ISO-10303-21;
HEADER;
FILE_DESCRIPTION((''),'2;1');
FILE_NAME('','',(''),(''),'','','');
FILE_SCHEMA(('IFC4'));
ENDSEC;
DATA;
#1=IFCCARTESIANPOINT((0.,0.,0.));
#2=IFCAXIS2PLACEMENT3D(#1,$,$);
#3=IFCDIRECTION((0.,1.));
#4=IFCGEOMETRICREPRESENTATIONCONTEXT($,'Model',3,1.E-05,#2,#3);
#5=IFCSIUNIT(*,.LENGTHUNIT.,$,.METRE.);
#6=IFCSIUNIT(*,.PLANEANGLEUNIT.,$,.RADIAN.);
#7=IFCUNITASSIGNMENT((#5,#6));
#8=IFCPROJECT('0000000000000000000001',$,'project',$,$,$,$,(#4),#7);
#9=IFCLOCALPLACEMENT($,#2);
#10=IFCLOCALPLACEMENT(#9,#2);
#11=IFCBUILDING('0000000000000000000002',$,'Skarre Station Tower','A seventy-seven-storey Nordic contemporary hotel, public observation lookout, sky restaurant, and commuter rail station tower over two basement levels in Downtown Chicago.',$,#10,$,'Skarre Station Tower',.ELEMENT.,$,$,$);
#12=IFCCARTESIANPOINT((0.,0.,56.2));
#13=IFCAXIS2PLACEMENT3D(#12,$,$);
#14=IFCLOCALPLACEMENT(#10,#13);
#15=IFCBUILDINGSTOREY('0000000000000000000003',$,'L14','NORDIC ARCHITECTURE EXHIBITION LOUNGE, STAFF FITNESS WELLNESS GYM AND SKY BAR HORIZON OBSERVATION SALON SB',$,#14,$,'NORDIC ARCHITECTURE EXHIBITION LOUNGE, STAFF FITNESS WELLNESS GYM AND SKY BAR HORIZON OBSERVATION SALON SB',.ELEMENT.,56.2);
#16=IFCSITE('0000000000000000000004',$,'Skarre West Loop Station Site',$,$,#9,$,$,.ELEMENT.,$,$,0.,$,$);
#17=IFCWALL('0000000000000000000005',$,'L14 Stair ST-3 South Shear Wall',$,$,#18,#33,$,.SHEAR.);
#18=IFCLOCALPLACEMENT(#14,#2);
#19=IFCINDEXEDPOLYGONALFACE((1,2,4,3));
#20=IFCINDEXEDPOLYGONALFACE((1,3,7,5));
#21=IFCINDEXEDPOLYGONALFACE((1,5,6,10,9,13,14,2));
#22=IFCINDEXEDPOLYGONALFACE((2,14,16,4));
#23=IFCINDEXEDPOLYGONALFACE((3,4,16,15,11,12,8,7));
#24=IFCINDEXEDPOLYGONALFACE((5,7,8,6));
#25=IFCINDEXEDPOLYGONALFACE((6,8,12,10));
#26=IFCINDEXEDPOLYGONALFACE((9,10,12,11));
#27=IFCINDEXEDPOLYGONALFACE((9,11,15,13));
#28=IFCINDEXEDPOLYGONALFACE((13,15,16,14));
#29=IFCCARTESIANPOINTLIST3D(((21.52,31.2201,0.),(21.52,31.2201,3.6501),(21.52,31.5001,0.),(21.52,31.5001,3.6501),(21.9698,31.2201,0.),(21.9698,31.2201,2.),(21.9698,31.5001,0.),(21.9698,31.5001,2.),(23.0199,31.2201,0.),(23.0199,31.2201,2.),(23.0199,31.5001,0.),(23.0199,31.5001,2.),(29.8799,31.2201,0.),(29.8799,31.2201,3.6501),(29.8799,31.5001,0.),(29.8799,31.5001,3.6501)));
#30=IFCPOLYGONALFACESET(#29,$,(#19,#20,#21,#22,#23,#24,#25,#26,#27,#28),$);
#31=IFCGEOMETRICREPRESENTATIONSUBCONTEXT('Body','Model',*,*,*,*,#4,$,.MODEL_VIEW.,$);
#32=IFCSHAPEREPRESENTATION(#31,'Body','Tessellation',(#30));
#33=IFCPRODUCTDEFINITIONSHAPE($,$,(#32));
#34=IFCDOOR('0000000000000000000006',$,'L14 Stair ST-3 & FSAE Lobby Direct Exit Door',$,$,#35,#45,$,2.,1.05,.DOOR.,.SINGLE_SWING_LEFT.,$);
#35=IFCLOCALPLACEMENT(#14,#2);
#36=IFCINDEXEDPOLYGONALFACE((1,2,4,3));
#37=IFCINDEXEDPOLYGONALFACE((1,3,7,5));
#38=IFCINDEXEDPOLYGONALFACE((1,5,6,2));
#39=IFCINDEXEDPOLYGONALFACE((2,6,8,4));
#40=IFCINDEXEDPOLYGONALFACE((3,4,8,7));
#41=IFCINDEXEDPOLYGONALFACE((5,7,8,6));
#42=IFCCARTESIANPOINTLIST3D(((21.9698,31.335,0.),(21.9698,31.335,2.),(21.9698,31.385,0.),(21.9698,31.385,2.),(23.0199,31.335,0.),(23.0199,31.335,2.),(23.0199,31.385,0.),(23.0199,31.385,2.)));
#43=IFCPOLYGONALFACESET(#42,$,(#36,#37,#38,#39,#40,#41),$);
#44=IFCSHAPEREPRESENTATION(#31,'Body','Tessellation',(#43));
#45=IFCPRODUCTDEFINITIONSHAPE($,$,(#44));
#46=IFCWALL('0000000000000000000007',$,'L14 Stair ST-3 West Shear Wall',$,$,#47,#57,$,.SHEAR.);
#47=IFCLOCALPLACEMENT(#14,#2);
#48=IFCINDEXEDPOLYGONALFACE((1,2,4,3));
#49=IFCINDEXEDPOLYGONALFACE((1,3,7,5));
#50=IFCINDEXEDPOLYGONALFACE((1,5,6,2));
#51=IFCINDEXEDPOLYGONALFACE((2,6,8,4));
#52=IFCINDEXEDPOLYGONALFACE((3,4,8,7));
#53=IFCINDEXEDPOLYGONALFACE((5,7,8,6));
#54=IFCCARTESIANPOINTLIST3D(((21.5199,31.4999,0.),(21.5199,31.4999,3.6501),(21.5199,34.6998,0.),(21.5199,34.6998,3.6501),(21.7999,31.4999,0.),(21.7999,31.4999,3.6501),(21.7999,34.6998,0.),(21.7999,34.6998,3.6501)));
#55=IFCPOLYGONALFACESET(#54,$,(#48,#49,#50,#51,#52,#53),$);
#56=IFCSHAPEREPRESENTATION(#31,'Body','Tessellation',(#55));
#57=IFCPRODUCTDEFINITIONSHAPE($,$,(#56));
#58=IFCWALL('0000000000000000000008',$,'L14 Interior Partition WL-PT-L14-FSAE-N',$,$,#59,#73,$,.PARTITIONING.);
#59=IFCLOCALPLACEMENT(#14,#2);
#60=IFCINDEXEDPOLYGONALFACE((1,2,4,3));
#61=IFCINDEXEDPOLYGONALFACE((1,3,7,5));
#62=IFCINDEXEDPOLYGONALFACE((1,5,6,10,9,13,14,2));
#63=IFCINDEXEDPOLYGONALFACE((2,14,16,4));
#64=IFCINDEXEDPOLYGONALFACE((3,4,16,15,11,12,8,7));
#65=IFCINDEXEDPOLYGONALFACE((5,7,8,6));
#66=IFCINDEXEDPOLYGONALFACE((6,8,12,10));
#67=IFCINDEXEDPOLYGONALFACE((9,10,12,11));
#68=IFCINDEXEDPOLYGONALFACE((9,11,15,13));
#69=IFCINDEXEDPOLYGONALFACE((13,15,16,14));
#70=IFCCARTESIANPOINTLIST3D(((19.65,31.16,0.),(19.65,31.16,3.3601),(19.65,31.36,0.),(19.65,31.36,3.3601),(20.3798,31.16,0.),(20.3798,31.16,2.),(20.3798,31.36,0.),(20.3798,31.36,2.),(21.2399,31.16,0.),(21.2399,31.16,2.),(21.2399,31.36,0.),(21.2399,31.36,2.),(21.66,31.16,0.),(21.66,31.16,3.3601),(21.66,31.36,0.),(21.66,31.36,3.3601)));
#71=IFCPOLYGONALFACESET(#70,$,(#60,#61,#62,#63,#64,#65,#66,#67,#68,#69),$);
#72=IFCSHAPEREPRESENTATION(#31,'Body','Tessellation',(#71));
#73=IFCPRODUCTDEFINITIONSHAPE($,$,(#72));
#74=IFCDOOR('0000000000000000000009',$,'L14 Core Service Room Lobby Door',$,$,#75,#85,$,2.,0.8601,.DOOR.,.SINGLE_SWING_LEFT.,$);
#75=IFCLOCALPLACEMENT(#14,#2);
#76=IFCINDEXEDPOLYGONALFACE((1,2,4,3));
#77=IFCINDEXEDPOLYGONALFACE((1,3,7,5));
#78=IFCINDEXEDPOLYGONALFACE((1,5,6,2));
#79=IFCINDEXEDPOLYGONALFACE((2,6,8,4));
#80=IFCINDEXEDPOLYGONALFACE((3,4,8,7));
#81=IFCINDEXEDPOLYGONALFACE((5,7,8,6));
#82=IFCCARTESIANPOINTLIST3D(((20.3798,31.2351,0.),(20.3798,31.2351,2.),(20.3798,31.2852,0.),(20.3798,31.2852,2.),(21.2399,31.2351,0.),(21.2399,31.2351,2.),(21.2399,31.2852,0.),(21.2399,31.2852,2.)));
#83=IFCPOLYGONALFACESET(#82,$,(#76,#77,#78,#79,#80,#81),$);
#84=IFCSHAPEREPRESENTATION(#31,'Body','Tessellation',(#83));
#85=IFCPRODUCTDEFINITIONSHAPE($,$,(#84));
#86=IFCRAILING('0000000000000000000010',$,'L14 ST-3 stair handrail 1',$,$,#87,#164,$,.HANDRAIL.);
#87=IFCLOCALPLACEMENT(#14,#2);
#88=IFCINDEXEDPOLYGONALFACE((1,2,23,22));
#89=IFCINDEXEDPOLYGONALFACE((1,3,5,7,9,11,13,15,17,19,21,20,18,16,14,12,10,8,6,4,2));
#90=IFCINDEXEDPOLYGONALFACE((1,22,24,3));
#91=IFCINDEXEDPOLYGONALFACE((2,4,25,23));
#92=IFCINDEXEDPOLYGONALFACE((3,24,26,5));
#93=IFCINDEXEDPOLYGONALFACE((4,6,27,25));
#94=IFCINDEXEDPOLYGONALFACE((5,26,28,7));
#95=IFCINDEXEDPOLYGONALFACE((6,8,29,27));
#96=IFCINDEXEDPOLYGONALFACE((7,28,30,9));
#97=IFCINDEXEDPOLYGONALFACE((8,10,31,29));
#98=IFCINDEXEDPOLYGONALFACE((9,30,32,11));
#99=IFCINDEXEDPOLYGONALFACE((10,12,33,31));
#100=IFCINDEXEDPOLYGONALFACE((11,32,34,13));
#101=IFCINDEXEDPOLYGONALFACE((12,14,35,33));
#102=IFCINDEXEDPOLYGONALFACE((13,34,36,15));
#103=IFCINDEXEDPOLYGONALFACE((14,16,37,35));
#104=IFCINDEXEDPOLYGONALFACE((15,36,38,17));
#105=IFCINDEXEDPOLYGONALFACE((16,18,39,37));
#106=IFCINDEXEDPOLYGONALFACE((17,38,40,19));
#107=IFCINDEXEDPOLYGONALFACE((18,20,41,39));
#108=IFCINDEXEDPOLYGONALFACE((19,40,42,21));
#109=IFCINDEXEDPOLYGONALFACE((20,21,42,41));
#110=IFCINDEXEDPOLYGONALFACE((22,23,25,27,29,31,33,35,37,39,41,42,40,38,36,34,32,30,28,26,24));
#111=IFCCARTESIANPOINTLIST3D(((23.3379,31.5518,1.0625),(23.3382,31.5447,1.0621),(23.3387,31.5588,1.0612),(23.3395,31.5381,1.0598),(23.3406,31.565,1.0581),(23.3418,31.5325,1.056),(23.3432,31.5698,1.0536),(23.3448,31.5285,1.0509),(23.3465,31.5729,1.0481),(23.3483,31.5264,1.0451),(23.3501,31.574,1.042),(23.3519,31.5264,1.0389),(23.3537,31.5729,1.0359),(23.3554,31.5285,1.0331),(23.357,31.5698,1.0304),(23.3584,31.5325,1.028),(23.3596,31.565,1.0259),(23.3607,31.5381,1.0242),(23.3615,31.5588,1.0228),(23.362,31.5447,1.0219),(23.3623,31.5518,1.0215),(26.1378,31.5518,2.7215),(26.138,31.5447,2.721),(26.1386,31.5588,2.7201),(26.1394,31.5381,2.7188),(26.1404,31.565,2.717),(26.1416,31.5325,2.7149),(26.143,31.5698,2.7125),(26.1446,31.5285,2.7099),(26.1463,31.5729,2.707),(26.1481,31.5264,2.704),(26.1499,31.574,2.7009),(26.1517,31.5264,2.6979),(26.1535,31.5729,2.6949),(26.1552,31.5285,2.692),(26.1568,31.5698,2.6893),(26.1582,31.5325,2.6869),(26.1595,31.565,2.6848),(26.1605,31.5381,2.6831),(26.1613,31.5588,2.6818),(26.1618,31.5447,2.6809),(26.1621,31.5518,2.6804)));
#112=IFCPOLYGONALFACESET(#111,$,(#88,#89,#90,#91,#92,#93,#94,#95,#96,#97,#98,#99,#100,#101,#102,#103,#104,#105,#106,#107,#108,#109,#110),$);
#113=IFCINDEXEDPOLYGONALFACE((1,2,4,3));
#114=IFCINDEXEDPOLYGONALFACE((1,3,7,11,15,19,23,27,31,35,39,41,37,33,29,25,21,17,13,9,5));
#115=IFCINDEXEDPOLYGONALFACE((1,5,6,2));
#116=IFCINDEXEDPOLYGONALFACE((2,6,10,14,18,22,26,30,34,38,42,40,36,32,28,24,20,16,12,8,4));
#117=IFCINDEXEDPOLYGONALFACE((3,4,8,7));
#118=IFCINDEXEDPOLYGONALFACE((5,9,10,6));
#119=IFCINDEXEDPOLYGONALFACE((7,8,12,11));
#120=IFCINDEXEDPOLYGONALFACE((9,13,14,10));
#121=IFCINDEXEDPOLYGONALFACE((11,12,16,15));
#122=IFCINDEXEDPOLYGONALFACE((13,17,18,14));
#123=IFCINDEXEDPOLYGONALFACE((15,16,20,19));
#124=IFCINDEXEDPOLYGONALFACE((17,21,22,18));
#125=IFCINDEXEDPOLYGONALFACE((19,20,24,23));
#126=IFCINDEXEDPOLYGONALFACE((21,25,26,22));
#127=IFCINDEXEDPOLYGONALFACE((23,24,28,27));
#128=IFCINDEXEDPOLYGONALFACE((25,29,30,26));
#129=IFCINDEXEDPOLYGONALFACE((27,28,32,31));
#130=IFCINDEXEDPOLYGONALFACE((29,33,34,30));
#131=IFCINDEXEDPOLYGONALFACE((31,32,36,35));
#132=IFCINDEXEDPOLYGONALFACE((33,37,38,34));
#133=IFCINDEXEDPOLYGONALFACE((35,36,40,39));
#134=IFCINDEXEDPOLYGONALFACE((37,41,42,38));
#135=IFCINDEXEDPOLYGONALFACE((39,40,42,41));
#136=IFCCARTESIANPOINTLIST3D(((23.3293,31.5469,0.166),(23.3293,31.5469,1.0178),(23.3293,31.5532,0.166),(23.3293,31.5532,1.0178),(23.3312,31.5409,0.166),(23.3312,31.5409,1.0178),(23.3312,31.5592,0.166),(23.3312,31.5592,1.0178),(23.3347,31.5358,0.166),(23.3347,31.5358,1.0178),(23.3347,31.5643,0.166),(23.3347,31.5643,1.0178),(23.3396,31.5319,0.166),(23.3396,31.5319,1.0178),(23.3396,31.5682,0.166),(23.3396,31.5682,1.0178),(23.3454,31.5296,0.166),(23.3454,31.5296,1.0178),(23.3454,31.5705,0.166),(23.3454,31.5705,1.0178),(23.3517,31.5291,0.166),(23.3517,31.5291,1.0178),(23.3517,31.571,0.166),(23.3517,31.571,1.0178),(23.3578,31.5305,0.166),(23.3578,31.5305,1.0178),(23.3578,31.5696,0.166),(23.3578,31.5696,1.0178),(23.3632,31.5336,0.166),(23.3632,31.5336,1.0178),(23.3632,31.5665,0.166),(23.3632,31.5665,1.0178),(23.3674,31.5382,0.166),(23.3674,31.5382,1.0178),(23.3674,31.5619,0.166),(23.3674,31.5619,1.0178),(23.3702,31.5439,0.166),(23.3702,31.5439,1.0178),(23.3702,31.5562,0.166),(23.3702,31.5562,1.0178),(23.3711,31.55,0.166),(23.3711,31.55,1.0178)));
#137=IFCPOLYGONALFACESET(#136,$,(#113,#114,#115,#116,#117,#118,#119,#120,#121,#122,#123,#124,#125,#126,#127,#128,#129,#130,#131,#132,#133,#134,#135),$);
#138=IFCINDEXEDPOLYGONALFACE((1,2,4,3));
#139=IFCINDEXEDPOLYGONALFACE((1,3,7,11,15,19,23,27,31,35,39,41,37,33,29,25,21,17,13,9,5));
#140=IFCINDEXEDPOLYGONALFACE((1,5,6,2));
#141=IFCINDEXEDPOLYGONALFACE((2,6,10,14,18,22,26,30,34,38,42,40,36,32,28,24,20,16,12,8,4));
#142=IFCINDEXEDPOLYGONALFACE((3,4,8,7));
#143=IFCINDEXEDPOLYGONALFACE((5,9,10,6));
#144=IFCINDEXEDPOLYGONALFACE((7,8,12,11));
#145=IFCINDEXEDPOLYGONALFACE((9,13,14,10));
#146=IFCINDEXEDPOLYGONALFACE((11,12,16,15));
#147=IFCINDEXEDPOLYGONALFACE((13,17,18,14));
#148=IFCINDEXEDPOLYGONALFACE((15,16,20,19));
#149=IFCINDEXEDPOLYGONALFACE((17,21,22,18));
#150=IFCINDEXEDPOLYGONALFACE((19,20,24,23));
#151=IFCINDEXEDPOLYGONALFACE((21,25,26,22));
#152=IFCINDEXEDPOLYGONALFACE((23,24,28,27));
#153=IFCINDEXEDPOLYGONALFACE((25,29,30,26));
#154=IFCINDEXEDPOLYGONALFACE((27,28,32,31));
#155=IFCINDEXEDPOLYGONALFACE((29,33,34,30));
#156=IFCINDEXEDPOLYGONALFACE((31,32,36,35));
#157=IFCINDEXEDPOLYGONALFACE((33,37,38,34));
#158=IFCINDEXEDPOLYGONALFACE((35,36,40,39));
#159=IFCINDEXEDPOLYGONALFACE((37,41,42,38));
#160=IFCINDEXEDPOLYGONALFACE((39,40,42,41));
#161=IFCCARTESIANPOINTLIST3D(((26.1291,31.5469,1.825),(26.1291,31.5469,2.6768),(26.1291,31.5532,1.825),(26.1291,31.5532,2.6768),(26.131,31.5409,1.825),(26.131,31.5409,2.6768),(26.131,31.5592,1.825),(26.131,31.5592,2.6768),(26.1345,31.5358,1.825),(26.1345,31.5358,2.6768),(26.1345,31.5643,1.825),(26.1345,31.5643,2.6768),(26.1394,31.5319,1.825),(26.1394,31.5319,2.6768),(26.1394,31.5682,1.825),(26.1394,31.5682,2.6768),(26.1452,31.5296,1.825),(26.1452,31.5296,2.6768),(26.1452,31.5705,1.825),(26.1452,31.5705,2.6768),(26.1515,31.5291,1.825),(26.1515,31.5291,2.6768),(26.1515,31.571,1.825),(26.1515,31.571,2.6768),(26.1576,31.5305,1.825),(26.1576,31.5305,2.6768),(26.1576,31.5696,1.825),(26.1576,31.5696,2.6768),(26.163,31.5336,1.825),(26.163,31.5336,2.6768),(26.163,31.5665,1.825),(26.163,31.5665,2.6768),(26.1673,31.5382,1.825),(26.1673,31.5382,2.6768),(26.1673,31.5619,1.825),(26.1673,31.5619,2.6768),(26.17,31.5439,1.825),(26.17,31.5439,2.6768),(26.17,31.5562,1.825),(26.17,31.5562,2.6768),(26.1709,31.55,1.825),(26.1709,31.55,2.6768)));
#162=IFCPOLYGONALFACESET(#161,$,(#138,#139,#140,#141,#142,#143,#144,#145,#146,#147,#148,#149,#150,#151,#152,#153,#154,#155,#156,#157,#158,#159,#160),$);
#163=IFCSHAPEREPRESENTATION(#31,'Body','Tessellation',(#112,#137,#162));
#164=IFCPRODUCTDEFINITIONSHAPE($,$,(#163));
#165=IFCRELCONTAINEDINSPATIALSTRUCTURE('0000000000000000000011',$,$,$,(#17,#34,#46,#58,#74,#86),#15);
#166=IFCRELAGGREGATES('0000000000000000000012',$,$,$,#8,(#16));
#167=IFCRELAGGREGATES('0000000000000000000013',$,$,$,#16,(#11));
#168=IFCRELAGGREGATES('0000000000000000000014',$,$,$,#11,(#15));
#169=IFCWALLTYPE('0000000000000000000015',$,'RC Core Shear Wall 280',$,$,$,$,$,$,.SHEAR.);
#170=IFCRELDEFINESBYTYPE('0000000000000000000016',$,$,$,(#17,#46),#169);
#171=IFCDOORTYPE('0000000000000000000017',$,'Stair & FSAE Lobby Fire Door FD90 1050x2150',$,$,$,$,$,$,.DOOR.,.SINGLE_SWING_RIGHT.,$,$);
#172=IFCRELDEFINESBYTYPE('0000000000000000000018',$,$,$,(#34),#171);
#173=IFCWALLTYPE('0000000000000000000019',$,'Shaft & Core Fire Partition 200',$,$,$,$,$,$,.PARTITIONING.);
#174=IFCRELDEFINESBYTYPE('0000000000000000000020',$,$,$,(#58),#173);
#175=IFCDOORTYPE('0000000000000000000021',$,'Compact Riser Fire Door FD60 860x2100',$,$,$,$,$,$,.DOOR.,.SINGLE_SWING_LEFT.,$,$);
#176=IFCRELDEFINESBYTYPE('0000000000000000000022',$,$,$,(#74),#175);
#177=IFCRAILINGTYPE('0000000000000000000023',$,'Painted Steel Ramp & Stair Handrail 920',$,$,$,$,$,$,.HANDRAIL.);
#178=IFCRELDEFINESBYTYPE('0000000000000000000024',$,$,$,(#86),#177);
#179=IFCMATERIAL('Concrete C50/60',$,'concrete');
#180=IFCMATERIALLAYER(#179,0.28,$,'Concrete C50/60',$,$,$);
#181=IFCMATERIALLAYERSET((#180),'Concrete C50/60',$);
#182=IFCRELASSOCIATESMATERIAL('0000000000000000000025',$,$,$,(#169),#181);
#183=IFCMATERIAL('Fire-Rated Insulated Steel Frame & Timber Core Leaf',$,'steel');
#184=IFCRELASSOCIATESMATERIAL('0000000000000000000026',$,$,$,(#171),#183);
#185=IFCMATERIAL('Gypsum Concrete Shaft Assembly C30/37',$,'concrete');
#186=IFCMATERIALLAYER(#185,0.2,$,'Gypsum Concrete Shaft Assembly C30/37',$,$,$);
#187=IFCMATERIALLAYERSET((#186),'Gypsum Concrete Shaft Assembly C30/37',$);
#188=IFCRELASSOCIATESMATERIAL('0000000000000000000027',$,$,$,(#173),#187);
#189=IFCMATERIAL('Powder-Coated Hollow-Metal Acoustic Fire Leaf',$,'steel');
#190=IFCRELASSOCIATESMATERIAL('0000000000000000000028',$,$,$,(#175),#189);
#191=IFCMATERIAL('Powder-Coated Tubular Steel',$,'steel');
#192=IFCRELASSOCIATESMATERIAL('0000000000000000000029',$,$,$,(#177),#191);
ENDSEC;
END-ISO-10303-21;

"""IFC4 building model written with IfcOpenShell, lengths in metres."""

from ifc_helpers import new_model, si_unit, direction, frame, frame_2d, origin, origin_2d, place, context, subcontext, project, spatial, rectangle, circle, extrude, material, layer, layer_set, type_object, element, fill, save


model = new_model("IFC4")

# Units and contexts
model_context = context("Model", 3, precision=1e-05, world=origin(), true_north=direction((0.0, 1.0)))
body_context = subcontext(model_context, "Body", "Model", "MODEL_VIEW")
ifc_project = project(units=[si_unit("LENGTHUNIT", "METRE"), si_unit("PLANEANGLEUNIT", "RADIAN")], contexts=[model_context])

# Site, building, storey
site_placement = place(None, origin())
site = spatial("IfcSite", under=ifc_project, at=site_placement, Name="Skarre West Loop Station Site", CompositionType="ELEMENT", RefElevation=0.0)
building_placement = place(site_placement, origin())
building = spatial("IfcBuilding", under=site, at=building_placement, Name="Skarre Station Tower", Description="A seventy-seven-storey Nordic contemporary hotel, public observation lookout, sky restaurant, and commuter rail station tower over two basement levels in Downtown Chicago.", LongName="Skarre Station Tower", CompositionType="ELEMENT")
storey_placement = place(building_placement, frame((0.0, 0.0, 56.2)))
storey = spatial("IfcBuildingStorey", under=building, at=storey_placement, Name="L14", Description="NORDIC ARCHITECTURE EXHIBITION LOUNGE, STAFF FITNESS WELLNESS GYM AND SKY BAR HORIZON OBSERVATION SALON SB", LongName="NORDIC ARCHITECTURE EXHIBITION LOUNGE, STAFF FITNESS WELLNESS GYM AND SKY BAR HORIZON OBSERVATION SALON SB", CompositionType="ELEMENT", Elevation=56.2)

# Wall, opening, door
ifc_material_1 = material(Name="Concrete C50/60", Category="concrete")
ifc_layer_1 = layer(ifc_material_1, 0.28, Name="Concrete C50/60")
ifc_layer_set_1 = layer_set([ifc_layer_1], Name="Concrete C50/60")
wall_type_1 = type_object("IfcWallType", Name="RC Core Shear Wall 280", PredefinedType="SHEAR", material=ifc_layer_set_1)
wall_1_placement = place(storey_placement, frame((21.52, 31.3601, 0.0), z_axis=(0.0, 0.0, 1.0), x_axis=(1.0, 0.0, 0.0)))
wall_1 = element("IfcWall", 1, at=wall_1_placement, inside=storey, type_object=wall_type_1, Name="L14 Stair ST-3 South Shear Wall", PredefinedType="SHEAR", context=body_context, shape_type="SweptSolid", body=[
    extrude(rectangle(XDim=8.3599, YDim=0.28, at=frame_2d((4.1799, 0.0))), origin(), (0.0, 0.0, 1.0), 3.6501),
])
opening_1_placement = place(wall_1_placement, frame((0.45, 0.0, 0.0)))
opening_1 = element("IfcOpeningElement", 2, at=opening_1_placement, cuts=wall_1, PredefinedType="OPENING", context=body_context, shape_type="SweptSolid", body=[
    extrude(rectangle(XDim=1.05, YDim=2.0, at=frame_2d((0.5249, 1.0))), frame((0.0, 0.1499, 0.0), z_axis=(0.0, -1.0, 0.0), x_axis=(1.0, 0.0, 0.0)), (0.0, 0.0, 1.0), 0.3),
])
ifc_material_2 = material(Name="Fire-Rated Insulated Steel Frame & Timber Core Leaf", Category="steel")
door_type_1 = type_object("IfcDoorType", Name="Stair & FSAE Lobby Fire Door FD90 1050x2150", OperationType="SINGLE_SWING_RIGHT", PredefinedType="DOOR", material=ifc_material_2)
door_1_placement = place(opening_1_placement, origin())
door_1 = element("IfcDoor", 3, at=door_1_placement, inside=storey, type_object=door_type_1, Name="L14 Stair ST-3 & FSAE Lobby Direct Exit Door", OperationType="SINGLE_SWING_LEFT", OverallHeight=2.0, OverallWidth=1.05, PredefinedType="DOOR", context=body_context, shape_type="SweptSolid", body=[
    extrude(rectangle(XDim=1.05, YDim=2.0, at=frame_2d((0.5249, 1.0))), frame((0.0, 0.0249, 0.0), z_axis=(0.0, -1.0, 0.0), x_axis=(1.0, 0.0, 0.0)), (0.0, 0.0, 1.0), 0.05),
])
fill(opening_1, door_1)

# Wall
wall_2_placement = place(storey_placement, frame((21.6599, 34.7, 0.0), z_axis=(0.0, 0.0, 1.0), x_axis=(0.0, -1.0, 0.0)))
element("IfcWall", 4, at=wall_2_placement, inside=storey, type_object=wall_type_1, Name="L14 Stair ST-3 West Shear Wall", PredefinedType="SHEAR", context=body_context, shape_type="SweptSolid", body=[
    extrude(rectangle(XDim=3.2, YDim=0.28, at=frame_2d((1.6001, 0.0))), origin(), (0.0, 0.0, 1.0), 3.6501),
])

# Wall, opening, door
ifc_material_3 = material(Name="Gypsum Concrete Shaft Assembly C30/37", Category="concrete")
ifc_layer_2 = layer(ifc_material_3, 0.2, Name="Gypsum Concrete Shaft Assembly C30/37")
ifc_layer_set_2 = layer_set([ifc_layer_2], Name="Gypsum Concrete Shaft Assembly C30/37")
wall_type_2 = type_object("IfcWallType", Name="Shaft & Core Fire Partition 200", PredefinedType="PARTITIONING", material=ifc_layer_set_2)
wall_3_placement = place(storey_placement, frame((21.6599, 31.26, 0.0), z_axis=(0.0, 0.0, 1.0), x_axis=(-1.0, 0.0, 0.0)))
wall_3 = element("IfcWall", 5, at=wall_3_placement, inside=storey, type_object=wall_type_2, Name="L14 Interior Partition WL-PT-L14-FSAE-N", PredefinedType="PARTITIONING", context=body_context, shape_type="SweptSolid", body=[
    extrude(rectangle(XDim=2.01, YDim=0.2, at=frame_2d((1.0049, 0.0))), origin(), (0.0, 0.0, 1.0), 3.3601),
])
opening_2_placement = place(wall_3_placement, frame((0.4199, 0.0, 0.0)))
opening_2 = element("IfcOpeningElement", 6, at=opening_2_placement, cuts=wall_3, PredefinedType="OPENING", context=body_context, shape_type="SweptSolid", body=[
    extrude(rectangle(XDim=0.8601, YDim=2.0, at=frame_2d((0.4302, 1.0))), frame((0.0, 0.1099, 0.0), z_axis=(0.0, -1.0, 0.0), x_axis=(1.0, 0.0, 0.0)), (0.0, 0.0, 1.0), 0.22),
])
ifc_material_4 = material(Name="Powder-Coated Hollow-Metal Acoustic Fire Leaf", Category="steel")
door_type_2 = type_object("IfcDoorType", Name="Compact Riser Fire Door FD60 860x2100", OperationType="SINGLE_SWING_LEFT", PredefinedType="DOOR", material=ifc_material_4)
door_2_placement = place(opening_2_placement, origin())
door_2 = element("IfcDoor", 7, at=door_2_placement, inside=storey, type_object=door_type_2, Name="L14 Core Service Room Lobby Door", OperationType="SINGLE_SWING_LEFT", OverallHeight=2.0, OverallWidth=0.8601, PredefinedType="DOOR", context=body_context, shape_type="SweptSolid", body=[
    extrude(rectangle(XDim=0.8601, YDim=2.0, at=frame_2d((0.4302, 1.0))), frame((0.0, 0.0249, 0.0), z_axis=(0.0, -1.0, 0.0), x_axis=(1.0, 0.0, 0.0)), (0.0, 0.0, 1.0), 0.05),
])
fill(opening_2, door_2)

# Railing
ifc_material_5 = material(Name="Powder-Coated Tubular Steel", Category="steel")
railing_type_1 = type_object("IfcRailingType", Name="Painted Steel Ramp & Stair Handrail 920", PredefinedType="HANDRAIL", material=ifc_material_5)
railing_1_placement = place(storey_placement, frame((23.3501, 31.55, 0.166)))
element("IfcRailing", 8, at=railing_1_placement, inside=storey, type_object=railing_type_1, Name="L14 ST-3 stair handrail 1", PredefinedType="HANDRAIL", context=body_context, shape_type="SweptSolid", body=[
    extrude(circle(Radius=0.0239, at=origin_2d()), frame((0.0, 0.0, 0.876), z_axis=(0.86032, 0.0, 0.509755), x_axis=(0.0, 1.0, 0.0)), (0.0, 0.0, 1.0), 3.2544),
    extrude(circle(Radius=0.021, at=origin_2d()), origin(), (0.0, 0.0, 1.0), 0.8518),
    extrude(circle(Radius=0.021, at=origin_2d()), frame((2.7998, 0.0, 1.6589)), (0.0, 0.0, 1.0), 0.8518),
])

save(model, "model.ifc")
